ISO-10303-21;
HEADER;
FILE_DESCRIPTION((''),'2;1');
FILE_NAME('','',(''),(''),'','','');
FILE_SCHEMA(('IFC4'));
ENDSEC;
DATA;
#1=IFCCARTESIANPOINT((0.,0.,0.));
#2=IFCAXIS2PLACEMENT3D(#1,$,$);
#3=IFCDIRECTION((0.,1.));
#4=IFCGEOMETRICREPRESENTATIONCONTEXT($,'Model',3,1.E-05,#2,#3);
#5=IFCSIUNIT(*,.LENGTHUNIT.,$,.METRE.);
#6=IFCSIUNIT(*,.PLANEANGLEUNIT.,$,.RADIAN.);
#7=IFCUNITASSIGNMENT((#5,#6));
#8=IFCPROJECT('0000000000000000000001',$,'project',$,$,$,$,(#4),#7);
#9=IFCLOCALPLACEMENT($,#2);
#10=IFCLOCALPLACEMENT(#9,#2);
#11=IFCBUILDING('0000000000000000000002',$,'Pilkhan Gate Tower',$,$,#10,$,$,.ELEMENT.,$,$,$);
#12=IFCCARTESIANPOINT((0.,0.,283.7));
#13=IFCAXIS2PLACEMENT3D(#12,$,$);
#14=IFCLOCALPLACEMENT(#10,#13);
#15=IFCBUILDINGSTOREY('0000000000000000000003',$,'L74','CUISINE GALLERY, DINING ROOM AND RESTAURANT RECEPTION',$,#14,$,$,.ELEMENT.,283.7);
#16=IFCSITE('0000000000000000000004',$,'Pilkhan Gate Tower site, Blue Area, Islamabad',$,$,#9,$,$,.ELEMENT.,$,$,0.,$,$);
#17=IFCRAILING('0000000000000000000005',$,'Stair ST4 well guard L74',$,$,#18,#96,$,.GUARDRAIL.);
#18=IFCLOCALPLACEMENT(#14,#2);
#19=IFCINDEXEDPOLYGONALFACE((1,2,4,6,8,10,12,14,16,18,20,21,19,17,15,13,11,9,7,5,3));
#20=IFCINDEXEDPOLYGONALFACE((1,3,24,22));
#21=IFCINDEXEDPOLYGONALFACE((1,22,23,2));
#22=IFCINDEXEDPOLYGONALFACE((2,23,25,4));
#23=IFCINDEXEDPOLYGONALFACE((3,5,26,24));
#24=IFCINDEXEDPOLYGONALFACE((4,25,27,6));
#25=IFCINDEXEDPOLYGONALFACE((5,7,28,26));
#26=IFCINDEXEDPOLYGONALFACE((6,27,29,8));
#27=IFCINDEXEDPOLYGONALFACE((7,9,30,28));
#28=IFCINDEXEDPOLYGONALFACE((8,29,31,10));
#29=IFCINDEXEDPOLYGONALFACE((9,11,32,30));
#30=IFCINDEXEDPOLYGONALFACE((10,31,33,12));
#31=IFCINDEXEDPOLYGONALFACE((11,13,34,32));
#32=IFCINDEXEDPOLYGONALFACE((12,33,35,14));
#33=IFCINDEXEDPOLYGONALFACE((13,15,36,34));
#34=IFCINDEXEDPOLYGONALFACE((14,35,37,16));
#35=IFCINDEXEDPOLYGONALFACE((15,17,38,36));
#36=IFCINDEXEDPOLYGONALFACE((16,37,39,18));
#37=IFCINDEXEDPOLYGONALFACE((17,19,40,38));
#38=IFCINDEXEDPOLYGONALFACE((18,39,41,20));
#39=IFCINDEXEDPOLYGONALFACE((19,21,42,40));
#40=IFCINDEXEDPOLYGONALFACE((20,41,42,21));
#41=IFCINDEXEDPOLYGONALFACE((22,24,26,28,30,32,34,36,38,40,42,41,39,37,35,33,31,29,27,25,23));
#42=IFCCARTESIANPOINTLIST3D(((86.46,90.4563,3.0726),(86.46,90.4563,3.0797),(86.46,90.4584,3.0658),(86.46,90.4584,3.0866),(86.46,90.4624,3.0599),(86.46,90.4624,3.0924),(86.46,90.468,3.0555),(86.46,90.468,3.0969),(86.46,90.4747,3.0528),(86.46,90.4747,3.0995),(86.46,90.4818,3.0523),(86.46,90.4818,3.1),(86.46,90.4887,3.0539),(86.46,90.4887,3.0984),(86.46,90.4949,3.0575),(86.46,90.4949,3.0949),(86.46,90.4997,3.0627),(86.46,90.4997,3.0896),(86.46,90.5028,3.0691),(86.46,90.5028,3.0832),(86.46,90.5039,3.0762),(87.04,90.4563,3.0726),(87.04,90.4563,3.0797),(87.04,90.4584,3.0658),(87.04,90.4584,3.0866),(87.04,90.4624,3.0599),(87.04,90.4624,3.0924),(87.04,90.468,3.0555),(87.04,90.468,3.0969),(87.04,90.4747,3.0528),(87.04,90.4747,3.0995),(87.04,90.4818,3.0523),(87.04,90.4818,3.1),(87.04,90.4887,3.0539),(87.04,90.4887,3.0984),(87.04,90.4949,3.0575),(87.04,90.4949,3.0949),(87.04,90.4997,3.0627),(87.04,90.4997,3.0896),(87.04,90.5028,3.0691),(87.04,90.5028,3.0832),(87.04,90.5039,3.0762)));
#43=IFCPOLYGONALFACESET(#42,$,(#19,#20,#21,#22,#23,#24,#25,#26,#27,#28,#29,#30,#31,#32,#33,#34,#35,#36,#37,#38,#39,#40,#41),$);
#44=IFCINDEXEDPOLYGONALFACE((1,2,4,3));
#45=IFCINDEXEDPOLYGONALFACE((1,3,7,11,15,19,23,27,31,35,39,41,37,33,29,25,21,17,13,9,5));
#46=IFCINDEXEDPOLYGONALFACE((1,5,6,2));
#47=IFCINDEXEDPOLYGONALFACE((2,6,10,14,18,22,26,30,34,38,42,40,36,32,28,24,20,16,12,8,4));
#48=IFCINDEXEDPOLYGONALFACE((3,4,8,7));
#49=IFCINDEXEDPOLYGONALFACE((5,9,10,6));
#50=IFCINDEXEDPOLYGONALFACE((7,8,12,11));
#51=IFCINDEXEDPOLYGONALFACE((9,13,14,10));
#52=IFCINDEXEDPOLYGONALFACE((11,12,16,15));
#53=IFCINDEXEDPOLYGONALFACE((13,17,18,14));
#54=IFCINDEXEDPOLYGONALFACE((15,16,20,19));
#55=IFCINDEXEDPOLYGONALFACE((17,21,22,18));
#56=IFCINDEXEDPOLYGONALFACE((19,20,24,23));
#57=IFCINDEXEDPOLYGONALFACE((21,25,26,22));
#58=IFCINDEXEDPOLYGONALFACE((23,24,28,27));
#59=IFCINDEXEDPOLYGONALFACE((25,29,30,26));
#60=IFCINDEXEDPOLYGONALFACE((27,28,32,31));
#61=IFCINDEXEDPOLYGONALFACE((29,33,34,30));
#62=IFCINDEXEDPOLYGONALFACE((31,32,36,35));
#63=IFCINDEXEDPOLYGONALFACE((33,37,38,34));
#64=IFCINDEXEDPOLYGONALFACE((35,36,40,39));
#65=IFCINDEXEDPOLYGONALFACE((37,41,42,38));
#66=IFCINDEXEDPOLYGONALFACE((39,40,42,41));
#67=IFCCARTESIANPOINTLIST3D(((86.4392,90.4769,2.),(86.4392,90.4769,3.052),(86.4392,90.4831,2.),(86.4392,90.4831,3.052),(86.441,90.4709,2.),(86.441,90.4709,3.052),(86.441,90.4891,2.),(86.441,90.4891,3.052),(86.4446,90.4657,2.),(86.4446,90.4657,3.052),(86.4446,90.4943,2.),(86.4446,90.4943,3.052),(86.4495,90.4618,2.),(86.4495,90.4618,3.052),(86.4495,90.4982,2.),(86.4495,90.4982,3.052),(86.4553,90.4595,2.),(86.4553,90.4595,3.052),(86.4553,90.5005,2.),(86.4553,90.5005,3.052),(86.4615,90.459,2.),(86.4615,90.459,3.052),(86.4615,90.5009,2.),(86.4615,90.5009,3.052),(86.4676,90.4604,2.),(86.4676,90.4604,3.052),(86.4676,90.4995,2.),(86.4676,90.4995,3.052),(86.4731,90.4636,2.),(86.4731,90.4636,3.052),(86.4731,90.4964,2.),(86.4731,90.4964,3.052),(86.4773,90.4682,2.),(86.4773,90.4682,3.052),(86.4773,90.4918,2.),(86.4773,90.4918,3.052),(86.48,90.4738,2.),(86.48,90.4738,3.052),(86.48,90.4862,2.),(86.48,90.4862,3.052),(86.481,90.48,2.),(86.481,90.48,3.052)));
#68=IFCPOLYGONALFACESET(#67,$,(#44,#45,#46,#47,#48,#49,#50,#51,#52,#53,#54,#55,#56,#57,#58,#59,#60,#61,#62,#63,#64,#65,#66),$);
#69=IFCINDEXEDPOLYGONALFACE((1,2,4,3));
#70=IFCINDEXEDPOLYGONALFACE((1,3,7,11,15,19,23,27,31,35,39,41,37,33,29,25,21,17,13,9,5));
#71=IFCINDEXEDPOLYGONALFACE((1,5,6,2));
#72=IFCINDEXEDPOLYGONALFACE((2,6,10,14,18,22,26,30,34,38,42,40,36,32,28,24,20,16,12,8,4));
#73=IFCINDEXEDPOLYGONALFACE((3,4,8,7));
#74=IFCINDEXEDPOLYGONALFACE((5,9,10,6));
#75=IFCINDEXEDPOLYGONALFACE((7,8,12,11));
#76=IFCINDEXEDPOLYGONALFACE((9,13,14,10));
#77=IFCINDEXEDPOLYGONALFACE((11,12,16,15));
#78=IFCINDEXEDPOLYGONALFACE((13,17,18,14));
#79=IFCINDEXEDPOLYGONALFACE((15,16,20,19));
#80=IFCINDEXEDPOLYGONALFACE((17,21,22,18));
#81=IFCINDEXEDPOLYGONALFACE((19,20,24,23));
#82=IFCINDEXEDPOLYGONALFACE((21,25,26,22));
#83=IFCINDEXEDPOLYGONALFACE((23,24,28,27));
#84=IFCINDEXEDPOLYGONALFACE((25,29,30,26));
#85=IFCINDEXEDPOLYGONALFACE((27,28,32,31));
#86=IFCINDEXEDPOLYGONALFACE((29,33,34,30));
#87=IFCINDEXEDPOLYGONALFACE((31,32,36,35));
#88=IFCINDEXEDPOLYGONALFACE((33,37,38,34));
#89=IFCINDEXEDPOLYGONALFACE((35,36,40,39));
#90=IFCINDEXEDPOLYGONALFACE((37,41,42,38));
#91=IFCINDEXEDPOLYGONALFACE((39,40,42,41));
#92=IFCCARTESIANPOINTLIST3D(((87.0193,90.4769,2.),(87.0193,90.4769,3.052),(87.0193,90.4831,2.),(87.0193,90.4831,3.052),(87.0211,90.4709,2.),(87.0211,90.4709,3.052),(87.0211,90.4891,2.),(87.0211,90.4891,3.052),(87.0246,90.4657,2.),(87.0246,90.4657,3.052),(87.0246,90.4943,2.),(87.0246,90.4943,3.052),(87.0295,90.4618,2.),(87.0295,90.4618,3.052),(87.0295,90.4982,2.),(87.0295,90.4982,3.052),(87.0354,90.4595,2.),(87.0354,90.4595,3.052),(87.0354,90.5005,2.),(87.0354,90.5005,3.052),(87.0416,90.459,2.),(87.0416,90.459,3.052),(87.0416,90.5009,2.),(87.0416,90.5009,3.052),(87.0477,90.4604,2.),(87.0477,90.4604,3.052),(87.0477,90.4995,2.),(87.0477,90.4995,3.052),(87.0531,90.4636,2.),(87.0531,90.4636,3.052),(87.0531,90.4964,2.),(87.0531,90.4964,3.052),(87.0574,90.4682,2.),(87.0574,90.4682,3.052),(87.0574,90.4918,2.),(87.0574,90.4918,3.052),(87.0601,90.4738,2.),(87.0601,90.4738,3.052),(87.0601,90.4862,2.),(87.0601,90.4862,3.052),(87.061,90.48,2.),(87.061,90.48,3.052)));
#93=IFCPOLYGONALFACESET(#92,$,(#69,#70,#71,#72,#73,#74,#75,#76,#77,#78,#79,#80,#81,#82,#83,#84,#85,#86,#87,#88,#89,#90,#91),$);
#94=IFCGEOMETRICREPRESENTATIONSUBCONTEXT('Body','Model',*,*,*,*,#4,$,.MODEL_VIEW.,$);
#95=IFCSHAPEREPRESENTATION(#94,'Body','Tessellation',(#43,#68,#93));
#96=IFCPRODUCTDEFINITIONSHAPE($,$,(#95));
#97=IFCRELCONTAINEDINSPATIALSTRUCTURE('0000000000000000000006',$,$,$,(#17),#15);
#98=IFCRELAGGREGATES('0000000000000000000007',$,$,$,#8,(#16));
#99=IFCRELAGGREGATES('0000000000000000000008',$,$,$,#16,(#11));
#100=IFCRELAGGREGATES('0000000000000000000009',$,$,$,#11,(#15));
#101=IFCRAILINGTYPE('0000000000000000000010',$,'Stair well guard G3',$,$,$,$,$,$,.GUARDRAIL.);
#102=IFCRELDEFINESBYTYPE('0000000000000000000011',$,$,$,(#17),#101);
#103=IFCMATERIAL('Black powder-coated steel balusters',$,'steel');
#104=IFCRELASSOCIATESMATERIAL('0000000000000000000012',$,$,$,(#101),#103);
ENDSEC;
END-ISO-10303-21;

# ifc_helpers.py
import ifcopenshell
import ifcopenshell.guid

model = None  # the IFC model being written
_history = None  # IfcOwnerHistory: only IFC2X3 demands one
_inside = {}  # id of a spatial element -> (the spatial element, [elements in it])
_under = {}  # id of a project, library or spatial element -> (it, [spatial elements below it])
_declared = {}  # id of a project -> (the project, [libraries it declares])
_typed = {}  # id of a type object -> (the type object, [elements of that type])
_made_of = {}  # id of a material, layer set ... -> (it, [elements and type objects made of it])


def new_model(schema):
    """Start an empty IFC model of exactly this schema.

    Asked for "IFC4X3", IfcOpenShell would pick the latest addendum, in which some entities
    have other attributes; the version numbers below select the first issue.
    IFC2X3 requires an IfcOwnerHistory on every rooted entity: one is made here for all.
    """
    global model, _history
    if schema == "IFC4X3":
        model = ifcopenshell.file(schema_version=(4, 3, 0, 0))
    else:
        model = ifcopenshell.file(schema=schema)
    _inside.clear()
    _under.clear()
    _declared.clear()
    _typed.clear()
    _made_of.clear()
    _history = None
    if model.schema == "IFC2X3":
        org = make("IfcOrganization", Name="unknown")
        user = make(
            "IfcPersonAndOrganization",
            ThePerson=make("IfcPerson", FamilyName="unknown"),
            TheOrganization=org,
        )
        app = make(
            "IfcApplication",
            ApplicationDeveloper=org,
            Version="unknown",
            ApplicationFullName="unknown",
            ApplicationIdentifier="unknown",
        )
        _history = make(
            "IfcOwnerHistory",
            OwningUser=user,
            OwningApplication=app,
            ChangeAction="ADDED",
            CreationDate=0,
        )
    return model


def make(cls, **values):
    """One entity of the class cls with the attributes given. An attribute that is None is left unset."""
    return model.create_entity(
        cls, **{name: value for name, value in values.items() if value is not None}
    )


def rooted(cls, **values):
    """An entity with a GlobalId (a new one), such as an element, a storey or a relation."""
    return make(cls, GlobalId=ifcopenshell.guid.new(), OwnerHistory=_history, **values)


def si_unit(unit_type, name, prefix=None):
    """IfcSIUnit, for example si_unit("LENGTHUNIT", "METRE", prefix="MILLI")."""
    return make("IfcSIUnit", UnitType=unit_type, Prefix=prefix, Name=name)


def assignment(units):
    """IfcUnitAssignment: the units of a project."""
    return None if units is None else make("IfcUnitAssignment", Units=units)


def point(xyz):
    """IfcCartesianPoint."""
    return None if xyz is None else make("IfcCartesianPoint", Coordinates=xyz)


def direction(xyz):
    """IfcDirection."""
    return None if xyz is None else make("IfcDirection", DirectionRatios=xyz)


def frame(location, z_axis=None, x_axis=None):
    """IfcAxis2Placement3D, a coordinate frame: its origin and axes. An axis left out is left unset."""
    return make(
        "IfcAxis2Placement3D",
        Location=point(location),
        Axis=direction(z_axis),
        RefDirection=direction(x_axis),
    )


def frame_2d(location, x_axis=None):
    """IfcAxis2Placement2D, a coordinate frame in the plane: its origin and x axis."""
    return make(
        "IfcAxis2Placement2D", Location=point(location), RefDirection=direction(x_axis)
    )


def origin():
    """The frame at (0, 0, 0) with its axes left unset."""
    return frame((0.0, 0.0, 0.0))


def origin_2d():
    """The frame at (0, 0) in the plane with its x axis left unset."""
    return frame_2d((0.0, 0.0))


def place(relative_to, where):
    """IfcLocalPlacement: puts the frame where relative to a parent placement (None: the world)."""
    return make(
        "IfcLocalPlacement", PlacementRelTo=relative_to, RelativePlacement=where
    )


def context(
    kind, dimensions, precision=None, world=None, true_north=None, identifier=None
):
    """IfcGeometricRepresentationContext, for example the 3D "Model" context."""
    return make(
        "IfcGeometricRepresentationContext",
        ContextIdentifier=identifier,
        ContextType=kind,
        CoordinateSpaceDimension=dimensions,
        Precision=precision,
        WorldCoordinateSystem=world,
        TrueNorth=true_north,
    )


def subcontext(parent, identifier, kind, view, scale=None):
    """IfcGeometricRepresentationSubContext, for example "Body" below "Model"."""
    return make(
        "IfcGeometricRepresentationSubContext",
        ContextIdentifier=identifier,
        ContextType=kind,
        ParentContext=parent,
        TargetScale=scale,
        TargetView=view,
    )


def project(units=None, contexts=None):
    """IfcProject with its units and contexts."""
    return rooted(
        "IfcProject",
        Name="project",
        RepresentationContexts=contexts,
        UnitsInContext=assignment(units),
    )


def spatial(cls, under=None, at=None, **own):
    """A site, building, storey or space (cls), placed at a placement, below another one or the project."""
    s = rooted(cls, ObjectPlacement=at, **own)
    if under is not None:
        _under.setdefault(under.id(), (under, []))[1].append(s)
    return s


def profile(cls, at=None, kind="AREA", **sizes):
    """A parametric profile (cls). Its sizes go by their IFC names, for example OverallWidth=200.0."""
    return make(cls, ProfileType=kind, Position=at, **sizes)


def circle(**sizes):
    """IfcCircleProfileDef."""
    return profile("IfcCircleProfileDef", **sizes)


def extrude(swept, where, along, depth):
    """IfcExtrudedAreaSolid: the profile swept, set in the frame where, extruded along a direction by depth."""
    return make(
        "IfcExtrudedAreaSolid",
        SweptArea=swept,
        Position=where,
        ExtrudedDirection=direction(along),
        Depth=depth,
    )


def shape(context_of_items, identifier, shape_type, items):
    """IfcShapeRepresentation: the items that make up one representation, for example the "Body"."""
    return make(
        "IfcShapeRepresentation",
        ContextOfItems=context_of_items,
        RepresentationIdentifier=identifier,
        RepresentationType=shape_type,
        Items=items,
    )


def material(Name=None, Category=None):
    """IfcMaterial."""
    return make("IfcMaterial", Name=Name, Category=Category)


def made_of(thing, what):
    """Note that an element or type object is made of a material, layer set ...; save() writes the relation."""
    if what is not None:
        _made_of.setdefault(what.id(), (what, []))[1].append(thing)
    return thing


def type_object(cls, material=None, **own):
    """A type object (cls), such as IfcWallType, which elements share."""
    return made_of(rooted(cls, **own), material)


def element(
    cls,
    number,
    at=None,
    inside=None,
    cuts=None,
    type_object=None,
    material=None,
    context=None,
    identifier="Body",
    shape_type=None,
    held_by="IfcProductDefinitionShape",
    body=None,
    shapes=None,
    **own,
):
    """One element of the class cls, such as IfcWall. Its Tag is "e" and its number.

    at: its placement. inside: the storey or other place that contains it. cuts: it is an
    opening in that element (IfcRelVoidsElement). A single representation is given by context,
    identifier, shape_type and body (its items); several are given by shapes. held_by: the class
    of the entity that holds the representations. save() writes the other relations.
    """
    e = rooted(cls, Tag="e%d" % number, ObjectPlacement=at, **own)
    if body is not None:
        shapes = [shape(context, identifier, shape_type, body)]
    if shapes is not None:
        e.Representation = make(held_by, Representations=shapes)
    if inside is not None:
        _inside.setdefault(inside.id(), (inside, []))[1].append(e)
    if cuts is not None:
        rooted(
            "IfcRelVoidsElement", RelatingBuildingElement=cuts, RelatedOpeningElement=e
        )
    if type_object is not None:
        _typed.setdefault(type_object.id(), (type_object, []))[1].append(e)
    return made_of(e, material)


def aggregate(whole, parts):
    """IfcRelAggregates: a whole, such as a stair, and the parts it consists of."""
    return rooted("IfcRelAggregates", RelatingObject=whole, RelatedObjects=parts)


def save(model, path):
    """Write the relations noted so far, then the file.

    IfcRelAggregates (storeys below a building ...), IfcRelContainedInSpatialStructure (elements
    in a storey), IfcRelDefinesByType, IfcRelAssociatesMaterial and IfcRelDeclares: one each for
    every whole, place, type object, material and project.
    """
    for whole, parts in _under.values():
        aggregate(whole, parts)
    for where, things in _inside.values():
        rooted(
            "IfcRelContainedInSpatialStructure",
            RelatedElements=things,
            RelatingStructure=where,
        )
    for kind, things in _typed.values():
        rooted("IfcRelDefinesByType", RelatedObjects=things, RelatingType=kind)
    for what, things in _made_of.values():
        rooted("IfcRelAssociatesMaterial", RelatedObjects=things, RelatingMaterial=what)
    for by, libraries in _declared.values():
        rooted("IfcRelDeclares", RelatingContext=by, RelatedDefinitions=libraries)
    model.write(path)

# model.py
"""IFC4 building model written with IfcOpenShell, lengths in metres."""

from ifc_helpers import new_model, si_unit, direction, frame, origin, origin_2d, place, context, subcontext, project, spatial, circle, extrude, material, type_object, element, save


model = new_model("IFC4")

# Units and contexts
model_context = context("Model", 3, precision=1e-05, world=origin(), true_north=direction((0.0, 1.0)))
body_context = subcontext(model_context, "Body", "Model", "MODEL_VIEW")
ifc_project = project(units=[si_unit("LENGTHUNIT", "METRE"), si_unit("PLANEANGLEUNIT", "RADIAN")], contexts=[model_context])

# Site, building, storey
site_placement = place(None, origin())
site = spatial("IfcSite", under=ifc_project, at=site_placement, Name="Pilkhan Gate Tower site, Blue Area, Islamabad", CompositionType="ELEMENT", RefElevation=0.0)
building_placement = place(site_placement, origin())
building = spatial("IfcBuilding", under=site, at=building_placement, Name="Pilkhan Gate Tower", CompositionType="ELEMENT")
storey_placement = place(building_placement, frame((0.0, 0.0, 283.7)))
storey = spatial("IfcBuildingStorey", under=building, at=storey_placement, Name="L74", Description="CUISINE GALLERY, DINING ROOM AND RESTAURANT RECEPTION", CompositionType="ELEMENT", Elevation=283.7)

# Railing
ifc_material_1 = material(Name="Black powder-coated steel balusters", Category="steel")
railing_type_1 = type_object("IfcRailingType", Name="Stair well guard G3", PredefinedType="GUARDRAIL", material=ifc_material_1)
for number, where, name in (
    (1, (86.46, 90.48, 2.0), "Stair ST4 well guard L74"),
):
    element("IfcRailing", number, at=place(storey_placement, frame(where)), inside=storey, type_object=railing_type_1, Name=name, PredefinedType="GUARDRAIL", context=body_context, shape_type="SweptSolid", body=[
        extrude(circle(Radius=0.0239, at=origin_2d()), frame((0.0, 0.0, 1.0762), z_axis=(1.0, 0.0, 0.0), x_axis=(0.0, 1.0, 0.0)), (0.0, 0.0, 1.0), 0.5801),
        extrude(circle(Radius=0.021, at=origin_2d()), origin(), (0.0, 0.0, 1.0), 1.052),
        extrude(circle(Radius=0.021, at=origin_2d()), frame((0.5801, 0.0, 0.0)), (0.0, 0.0, 1.0), 1.052),
    ])

save(model, "model.ifc")
